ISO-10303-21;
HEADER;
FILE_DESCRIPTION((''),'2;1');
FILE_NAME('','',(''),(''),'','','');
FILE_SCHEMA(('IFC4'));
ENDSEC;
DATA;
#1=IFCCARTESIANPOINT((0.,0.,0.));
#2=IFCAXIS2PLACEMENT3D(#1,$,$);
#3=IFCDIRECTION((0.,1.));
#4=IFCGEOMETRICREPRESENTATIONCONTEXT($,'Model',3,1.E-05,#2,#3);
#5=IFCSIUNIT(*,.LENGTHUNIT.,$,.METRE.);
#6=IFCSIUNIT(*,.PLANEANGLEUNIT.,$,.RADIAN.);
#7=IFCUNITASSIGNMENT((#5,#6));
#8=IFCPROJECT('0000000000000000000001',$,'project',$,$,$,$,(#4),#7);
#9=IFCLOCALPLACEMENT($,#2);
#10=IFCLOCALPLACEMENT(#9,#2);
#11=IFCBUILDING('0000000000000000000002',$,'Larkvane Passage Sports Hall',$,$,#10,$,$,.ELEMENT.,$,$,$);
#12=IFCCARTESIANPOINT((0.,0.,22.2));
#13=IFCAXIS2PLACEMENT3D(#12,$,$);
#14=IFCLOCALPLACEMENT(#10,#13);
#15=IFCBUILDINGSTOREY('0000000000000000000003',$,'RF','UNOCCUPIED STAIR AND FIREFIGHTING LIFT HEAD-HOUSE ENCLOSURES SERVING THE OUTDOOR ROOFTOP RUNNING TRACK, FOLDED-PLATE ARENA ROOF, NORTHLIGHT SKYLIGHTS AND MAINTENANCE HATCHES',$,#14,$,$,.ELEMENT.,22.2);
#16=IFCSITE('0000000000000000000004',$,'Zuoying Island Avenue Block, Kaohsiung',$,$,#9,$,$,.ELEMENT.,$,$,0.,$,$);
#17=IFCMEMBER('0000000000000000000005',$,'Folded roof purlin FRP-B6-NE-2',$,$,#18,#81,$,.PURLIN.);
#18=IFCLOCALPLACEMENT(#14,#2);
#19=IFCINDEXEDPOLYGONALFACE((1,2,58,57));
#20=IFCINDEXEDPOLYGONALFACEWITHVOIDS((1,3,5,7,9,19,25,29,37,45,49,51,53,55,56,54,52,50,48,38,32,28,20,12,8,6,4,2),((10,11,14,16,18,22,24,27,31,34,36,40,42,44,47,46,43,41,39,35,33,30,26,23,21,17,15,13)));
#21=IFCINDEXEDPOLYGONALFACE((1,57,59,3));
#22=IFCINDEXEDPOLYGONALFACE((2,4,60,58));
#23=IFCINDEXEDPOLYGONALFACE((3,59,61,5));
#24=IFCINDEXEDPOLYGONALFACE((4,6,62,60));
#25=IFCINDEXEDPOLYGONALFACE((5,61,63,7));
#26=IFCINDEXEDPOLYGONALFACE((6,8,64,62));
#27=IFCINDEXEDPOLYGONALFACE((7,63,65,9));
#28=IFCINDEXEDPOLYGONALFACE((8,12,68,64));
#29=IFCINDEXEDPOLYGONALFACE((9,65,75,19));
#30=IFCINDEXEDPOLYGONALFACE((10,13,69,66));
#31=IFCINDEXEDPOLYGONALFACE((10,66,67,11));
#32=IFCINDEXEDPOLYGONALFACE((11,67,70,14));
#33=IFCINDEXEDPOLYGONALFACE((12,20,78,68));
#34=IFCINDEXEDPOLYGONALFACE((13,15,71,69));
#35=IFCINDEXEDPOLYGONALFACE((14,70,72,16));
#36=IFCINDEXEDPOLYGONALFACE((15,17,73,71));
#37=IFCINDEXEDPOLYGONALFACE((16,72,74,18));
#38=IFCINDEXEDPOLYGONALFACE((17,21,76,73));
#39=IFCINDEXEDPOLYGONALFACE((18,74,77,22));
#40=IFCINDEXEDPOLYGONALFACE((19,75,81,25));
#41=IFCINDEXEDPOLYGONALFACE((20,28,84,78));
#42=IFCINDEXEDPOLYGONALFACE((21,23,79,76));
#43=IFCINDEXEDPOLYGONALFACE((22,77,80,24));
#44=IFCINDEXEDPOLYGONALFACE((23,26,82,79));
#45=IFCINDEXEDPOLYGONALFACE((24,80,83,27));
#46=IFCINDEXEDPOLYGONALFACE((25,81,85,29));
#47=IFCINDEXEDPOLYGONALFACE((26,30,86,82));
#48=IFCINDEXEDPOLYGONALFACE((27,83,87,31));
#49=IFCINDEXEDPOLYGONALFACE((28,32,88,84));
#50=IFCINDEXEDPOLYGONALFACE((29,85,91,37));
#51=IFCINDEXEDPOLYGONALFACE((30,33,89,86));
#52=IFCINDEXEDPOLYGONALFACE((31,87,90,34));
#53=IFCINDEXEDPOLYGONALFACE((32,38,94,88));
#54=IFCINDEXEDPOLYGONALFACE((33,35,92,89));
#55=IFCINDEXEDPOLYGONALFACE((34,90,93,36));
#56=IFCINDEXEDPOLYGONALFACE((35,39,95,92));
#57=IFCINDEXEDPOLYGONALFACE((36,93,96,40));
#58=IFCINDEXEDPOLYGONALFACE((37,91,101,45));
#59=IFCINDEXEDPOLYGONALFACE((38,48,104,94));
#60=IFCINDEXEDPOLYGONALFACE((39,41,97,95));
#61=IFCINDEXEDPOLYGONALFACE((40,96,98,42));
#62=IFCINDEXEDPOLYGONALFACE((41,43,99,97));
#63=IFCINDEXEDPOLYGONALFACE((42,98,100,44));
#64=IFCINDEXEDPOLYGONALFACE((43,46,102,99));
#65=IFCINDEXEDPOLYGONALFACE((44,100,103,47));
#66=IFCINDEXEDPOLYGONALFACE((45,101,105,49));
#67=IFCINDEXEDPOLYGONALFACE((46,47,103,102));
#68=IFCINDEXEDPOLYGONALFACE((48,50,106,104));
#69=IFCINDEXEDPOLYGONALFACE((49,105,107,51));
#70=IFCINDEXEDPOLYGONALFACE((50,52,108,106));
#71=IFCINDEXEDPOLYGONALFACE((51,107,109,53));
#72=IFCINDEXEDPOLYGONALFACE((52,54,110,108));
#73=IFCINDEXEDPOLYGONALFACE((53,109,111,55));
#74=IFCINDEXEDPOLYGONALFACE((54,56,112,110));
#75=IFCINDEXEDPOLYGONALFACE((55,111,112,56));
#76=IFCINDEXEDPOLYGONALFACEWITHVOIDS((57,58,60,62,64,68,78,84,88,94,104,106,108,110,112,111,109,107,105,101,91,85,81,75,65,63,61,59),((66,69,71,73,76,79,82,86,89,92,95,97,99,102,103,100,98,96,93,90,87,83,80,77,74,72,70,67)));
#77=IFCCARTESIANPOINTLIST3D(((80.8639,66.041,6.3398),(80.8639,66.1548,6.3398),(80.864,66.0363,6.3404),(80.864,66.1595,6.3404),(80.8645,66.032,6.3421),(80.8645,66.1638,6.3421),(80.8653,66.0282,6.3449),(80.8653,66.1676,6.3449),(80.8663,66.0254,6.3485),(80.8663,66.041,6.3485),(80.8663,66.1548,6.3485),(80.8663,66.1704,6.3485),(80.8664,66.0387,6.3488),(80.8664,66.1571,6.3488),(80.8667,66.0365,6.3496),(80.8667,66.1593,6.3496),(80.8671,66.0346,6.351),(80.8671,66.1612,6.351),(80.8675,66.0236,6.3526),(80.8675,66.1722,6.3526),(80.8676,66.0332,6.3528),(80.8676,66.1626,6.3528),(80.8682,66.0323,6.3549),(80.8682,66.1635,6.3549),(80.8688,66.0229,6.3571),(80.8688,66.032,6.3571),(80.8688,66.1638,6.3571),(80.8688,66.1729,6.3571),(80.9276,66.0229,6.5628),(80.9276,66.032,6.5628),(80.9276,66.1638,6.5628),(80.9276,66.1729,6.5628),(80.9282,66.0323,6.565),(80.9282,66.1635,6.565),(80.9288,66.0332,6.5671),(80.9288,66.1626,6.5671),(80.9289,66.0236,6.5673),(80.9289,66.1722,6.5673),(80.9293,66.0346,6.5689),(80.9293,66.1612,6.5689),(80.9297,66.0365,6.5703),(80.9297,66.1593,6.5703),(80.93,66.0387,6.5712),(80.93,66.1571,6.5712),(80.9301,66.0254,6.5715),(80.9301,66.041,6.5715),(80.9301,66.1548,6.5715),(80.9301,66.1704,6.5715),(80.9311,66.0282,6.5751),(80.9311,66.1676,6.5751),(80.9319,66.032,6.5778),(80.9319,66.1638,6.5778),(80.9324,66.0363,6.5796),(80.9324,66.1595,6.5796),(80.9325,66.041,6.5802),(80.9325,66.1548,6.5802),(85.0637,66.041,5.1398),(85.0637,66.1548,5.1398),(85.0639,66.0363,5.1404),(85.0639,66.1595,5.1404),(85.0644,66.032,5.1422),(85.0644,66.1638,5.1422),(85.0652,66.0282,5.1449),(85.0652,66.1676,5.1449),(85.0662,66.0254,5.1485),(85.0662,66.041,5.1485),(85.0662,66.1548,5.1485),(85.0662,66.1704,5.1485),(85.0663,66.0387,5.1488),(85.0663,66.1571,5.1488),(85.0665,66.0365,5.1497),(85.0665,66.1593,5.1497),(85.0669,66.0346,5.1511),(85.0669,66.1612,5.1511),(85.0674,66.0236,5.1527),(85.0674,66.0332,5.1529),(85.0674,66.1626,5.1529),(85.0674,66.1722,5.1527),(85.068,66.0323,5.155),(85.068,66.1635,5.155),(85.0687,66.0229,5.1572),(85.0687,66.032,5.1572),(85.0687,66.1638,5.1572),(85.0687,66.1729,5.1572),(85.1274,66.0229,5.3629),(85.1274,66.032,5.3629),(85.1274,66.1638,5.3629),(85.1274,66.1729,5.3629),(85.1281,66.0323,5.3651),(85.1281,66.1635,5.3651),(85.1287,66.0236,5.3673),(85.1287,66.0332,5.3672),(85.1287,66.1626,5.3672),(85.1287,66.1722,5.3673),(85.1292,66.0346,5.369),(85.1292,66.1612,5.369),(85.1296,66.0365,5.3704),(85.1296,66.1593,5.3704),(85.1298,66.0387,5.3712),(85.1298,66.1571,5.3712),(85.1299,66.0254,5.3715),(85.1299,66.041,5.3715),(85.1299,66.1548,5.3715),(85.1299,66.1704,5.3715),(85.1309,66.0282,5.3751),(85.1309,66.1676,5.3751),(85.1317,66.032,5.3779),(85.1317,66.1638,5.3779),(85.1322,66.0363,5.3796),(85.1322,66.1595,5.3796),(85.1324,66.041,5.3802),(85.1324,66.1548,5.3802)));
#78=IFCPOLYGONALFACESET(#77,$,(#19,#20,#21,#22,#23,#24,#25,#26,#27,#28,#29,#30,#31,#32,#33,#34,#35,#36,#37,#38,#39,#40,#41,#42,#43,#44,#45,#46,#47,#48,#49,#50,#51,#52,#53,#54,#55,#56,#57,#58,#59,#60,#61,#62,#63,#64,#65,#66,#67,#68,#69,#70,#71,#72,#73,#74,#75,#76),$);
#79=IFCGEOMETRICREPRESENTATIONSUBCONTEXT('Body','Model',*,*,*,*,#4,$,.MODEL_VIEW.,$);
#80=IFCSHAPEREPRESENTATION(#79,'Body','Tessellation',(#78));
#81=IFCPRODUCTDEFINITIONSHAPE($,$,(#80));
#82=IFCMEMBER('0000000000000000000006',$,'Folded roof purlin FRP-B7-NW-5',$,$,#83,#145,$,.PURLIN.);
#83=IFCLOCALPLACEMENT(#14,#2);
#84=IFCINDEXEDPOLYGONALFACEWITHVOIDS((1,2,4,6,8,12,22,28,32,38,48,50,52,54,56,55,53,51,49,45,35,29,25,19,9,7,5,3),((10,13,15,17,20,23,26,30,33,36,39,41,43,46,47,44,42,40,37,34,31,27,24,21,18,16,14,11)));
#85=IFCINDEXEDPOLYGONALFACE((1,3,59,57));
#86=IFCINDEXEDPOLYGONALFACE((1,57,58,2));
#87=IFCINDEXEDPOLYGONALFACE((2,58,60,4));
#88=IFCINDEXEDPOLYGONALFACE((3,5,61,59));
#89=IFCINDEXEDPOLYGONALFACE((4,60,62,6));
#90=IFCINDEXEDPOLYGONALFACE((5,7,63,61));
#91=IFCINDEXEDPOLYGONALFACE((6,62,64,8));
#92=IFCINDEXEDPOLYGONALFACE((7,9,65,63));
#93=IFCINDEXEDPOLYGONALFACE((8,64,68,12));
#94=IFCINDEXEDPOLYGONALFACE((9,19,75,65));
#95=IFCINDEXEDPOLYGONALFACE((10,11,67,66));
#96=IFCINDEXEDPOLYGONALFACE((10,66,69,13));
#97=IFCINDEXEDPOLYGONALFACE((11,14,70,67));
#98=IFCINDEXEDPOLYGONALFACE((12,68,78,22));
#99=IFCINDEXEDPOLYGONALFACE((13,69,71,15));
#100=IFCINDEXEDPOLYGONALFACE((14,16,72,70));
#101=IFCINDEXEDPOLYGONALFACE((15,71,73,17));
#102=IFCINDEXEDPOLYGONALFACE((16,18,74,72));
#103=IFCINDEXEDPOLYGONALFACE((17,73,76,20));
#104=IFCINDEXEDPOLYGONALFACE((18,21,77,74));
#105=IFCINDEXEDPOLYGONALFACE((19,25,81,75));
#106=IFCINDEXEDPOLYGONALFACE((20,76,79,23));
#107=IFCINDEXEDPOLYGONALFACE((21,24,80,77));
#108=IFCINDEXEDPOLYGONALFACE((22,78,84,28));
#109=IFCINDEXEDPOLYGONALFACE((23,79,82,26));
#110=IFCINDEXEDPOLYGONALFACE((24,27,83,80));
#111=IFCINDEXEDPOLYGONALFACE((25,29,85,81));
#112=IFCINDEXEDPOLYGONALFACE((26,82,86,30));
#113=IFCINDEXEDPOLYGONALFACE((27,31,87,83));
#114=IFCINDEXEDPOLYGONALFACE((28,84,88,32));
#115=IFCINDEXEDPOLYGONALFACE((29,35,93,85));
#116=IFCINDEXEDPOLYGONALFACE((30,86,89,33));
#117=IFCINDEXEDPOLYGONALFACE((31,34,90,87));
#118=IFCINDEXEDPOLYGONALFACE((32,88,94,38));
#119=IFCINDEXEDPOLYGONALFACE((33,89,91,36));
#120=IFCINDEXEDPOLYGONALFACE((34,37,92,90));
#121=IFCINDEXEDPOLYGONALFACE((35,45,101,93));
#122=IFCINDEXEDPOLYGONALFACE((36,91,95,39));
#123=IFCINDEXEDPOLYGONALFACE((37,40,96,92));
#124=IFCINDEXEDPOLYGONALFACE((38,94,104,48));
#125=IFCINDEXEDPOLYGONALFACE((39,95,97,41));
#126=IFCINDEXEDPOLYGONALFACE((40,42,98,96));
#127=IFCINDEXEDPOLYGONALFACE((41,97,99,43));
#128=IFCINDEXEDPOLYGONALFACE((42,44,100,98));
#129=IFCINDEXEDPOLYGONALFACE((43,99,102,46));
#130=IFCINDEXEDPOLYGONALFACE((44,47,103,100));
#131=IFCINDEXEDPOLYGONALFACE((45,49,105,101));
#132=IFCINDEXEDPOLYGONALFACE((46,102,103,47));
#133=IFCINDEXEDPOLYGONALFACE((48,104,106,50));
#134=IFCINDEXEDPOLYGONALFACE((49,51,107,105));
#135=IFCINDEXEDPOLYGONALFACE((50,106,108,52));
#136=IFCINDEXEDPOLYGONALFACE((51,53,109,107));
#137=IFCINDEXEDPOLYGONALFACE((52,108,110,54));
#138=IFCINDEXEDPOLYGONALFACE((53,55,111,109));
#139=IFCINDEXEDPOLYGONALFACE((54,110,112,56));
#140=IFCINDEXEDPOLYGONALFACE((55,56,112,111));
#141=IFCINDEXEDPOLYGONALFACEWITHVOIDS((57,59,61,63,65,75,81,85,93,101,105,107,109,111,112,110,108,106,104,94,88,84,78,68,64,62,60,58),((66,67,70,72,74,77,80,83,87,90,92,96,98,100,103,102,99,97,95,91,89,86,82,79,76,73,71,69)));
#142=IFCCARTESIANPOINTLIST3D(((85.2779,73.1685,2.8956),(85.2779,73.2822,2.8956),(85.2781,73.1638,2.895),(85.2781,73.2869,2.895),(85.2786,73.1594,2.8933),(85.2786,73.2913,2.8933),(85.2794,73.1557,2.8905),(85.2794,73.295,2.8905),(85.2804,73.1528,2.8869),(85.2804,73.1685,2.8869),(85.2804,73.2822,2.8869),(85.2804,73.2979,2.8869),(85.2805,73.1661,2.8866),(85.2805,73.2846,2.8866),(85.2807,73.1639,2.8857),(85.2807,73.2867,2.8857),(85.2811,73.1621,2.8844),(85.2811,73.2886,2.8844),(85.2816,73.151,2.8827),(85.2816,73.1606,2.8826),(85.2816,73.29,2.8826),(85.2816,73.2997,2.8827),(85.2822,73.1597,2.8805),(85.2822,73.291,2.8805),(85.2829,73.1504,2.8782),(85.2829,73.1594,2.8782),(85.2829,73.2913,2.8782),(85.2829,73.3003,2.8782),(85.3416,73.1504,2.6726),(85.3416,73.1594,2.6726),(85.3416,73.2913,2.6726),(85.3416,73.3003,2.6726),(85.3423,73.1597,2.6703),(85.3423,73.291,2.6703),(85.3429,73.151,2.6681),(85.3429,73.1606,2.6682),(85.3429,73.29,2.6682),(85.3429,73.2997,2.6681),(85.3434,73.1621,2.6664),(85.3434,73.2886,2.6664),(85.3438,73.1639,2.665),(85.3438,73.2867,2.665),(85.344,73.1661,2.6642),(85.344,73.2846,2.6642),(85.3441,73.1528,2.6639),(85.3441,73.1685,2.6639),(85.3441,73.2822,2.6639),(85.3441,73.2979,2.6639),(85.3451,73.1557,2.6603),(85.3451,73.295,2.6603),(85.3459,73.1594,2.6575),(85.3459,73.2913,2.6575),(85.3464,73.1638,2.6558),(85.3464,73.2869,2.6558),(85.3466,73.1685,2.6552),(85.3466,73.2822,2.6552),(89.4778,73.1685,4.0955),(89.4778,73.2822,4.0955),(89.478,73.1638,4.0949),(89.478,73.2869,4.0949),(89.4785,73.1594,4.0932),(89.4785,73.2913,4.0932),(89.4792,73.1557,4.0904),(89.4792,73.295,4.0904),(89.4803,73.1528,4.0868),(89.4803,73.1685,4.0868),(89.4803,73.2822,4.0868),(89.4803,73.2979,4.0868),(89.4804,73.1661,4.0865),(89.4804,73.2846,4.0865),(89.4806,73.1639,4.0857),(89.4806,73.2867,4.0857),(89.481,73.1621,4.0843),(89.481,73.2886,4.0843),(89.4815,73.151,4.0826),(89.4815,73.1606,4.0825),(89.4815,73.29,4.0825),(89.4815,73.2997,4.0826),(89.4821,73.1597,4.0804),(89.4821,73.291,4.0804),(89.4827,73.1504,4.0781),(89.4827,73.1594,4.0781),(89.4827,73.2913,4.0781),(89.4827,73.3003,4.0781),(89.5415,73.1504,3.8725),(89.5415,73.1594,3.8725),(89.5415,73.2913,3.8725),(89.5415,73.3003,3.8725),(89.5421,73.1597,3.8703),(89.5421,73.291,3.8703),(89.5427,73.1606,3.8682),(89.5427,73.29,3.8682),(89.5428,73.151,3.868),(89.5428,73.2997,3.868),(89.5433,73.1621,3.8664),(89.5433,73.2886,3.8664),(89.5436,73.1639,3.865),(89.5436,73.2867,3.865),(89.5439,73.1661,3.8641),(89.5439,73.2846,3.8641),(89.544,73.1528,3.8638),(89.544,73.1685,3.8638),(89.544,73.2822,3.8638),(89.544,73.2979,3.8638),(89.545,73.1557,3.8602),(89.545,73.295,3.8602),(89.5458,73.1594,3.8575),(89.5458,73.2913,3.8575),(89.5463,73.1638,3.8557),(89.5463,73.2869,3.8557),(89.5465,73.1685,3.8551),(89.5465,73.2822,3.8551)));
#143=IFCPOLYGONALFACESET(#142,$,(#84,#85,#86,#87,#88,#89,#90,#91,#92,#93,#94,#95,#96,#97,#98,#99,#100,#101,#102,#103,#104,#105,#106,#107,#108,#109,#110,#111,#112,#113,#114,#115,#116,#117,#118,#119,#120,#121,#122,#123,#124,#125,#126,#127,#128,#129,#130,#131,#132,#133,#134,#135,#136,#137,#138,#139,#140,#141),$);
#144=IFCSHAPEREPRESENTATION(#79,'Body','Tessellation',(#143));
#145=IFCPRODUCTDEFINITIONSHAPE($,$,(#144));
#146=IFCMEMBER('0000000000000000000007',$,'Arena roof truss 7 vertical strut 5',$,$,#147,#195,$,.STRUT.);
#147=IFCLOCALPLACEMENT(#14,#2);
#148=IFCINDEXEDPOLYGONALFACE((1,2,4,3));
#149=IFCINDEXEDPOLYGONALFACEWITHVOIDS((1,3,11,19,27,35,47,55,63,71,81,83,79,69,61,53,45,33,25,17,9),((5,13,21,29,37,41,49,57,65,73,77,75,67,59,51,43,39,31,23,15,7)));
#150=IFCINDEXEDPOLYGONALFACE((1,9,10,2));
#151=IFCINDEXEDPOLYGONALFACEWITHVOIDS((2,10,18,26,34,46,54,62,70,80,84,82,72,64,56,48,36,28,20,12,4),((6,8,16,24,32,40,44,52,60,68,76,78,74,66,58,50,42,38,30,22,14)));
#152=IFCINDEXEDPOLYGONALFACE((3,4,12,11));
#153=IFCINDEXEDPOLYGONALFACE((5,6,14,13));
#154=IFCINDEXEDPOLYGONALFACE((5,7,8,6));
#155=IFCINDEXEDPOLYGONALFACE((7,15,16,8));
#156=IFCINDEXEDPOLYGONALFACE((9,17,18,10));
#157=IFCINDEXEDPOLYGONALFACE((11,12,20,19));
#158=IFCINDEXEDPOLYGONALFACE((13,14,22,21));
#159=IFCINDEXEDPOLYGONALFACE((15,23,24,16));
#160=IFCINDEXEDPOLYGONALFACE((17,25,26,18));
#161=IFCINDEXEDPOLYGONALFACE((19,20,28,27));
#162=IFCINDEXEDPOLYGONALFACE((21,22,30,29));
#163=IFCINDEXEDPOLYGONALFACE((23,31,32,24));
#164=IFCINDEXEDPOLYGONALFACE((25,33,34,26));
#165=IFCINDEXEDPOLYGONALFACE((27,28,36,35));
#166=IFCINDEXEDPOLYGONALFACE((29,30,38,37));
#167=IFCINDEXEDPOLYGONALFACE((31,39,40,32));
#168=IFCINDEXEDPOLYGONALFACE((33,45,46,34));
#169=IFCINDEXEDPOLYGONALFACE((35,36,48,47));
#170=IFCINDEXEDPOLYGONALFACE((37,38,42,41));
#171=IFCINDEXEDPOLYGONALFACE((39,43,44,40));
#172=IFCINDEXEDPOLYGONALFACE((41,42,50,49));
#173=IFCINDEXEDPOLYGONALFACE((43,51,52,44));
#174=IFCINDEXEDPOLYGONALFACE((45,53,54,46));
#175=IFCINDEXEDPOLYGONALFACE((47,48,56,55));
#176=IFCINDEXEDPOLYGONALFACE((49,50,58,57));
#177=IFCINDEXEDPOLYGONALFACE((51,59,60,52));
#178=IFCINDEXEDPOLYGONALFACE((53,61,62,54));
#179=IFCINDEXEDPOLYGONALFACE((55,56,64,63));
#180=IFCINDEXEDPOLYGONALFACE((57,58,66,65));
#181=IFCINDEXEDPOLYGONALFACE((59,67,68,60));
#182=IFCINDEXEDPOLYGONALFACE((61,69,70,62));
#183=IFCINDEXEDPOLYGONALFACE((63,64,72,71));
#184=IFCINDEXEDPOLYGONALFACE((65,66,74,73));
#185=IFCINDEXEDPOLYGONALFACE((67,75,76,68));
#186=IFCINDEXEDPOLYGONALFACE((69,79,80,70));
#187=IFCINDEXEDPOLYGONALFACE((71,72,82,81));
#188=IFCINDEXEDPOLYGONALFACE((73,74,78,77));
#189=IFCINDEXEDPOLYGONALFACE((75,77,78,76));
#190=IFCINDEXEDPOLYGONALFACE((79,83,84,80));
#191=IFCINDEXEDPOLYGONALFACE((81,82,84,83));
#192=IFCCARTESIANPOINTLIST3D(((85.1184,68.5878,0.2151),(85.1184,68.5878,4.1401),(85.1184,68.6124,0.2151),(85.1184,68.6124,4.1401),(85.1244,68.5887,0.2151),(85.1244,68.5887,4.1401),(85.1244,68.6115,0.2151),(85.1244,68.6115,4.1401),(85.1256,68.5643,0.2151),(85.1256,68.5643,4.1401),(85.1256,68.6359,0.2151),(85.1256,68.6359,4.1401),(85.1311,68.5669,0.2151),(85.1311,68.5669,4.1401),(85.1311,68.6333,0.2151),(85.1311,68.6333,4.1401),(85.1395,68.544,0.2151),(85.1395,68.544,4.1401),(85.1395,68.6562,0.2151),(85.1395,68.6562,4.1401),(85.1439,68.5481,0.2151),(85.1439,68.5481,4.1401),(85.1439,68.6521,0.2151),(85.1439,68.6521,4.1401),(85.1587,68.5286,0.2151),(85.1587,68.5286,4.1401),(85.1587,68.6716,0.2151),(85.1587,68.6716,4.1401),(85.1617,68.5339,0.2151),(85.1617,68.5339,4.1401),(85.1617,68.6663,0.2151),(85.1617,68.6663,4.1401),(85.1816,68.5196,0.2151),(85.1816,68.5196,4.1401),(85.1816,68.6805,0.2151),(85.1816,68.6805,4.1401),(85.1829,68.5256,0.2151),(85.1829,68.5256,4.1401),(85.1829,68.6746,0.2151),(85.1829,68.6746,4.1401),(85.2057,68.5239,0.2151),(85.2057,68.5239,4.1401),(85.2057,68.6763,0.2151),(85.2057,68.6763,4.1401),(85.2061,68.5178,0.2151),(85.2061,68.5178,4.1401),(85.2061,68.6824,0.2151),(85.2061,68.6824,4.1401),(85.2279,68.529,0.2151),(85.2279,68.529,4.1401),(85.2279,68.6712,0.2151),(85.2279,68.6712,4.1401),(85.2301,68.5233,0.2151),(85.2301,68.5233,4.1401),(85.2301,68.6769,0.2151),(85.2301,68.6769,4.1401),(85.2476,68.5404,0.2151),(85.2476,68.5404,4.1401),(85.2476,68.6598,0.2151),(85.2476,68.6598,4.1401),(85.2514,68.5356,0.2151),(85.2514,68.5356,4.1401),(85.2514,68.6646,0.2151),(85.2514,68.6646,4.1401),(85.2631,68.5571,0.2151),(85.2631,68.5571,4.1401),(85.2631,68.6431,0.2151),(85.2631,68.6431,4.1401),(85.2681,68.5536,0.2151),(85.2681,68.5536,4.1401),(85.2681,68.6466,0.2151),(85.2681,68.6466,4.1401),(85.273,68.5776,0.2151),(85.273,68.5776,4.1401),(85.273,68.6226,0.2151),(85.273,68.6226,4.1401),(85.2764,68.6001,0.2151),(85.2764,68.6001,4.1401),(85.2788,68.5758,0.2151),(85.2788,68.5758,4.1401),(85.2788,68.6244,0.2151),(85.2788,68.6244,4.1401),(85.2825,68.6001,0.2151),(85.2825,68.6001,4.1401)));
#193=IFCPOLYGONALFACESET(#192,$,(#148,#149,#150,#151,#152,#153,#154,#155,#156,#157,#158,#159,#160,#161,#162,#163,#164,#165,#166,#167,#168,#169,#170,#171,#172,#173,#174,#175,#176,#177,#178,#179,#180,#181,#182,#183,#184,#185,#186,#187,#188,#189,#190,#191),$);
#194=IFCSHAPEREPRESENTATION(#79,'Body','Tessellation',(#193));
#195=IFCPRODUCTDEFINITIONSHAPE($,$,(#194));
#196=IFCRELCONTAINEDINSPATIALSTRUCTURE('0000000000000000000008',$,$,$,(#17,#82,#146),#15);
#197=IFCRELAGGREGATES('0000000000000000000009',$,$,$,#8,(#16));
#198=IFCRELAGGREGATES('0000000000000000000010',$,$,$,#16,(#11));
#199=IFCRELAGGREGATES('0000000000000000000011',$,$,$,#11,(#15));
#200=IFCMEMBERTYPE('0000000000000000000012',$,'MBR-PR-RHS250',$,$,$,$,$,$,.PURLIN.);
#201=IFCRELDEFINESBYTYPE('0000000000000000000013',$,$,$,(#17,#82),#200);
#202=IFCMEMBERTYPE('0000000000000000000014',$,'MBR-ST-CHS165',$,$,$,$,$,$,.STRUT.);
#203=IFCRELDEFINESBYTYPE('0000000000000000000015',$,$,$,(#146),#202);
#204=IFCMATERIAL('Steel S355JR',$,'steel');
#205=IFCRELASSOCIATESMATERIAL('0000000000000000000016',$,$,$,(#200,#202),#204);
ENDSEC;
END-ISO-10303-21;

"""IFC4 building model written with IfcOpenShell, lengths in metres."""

from ifc_helpers import new_model, si_unit, direction, frame, origin, origin_2d, place, context, subcontext, project, spatial, hollow_rectangle, hollow_circle, extrude, material, material_profile, profile_set, type_object, element, save


model = new_model("IFC4")

# Units and contexts
model_context = context("Model", 3, precision=1e-05, world=origin(), true_north=direction((0.0, 1.0)))
body_context = subcontext(model_context, "Body", "Model", "MODEL_VIEW")
ifc_project = project(units=[si_unit("LENGTHUNIT", "METRE"), si_unit("PLANEANGLEUNIT", "RADIAN")], contexts=[model_context])

# Site, building, storey
site_placement = place(None, origin())
site = spatial("IfcSite", under=ifc_project, at=site_placement, Name="Zuoying Island Avenue Block, Kaohsiung", CompositionType="ELEMENT", RefElevation=0.0)
building_placement = place(site_placement, origin())
building = spatial("IfcBuilding", under=site, at=building_placement, Name="Larkvane Passage Sports Hall", CompositionType="ELEMENT")
storey_placement = place(building_placement, frame((0.0, 0.0, 22.2)))
storey = spatial("IfcBuildingStorey", under=building, at=storey_placement, Name="RF", Description="UNOCCUPIED STAIR AND FIREFIGHTING LIFT HEAD-HOUSE ENCLOSURES SERVING THE OUTDOOR ROOFTOP RUNNING TRACK, FOLDED-PLATE ARENA ROOF, NORTHLIGHT SKYLIGHTS AND MAINTENANCE HATCHES", CompositionType="ELEMENT", Elevation=22.2)

# Members
ifc_material_1 = material(Name="Steel S355JR", Category="steel")
ifc_material_profile_1 = material_profile(ifc_material_1, hollow_rectangle(XDim=0.1499, YDim=0.25, WallThickness=0.009, InnerFilletRadius=0.009, OuterFilletRadius=0.0181, at=origin_2d()), Name="RHS-250x150x9")
ifc_profile_set_1 = profile_set([ifc_material_profile_1], Name="Steel S355JR")
member_type_1 = type_object("IfcMemberType", Name="MBR-PR-RHS250", PredefinedType="PURLIN", material=ifc_profile_set_1)
for number, where, z_axis, x_axis, name in (
    (1, (80.8982, 66.0979, 6.46), (0.961526, 0.0, -0.274714), (0.0, 1.0, 0.0), "Folded roof purlin FRP-B6-NE-2"),
    (2, (85.3123, 73.2253, 2.7754), (0.961526, 0.0, 0.274714), (0.0, 1.0, 0.0), "Folded roof purlin FRP-B7-NW-5"),
):
    element("IfcMember", number, at=place(storey_placement, frame(where, z_axis=z_axis, x_axis=x_axis)), inside=storey, type_object=member_type_1, Name=name, PredefinedType="PURLIN", context=body_context, shape_type="SweptSolid", body=[
        extrude(hollow_rectangle(XDim=0.1499, YDim=0.25, WallThickness=0.009, InnerFilletRadius=0.009, OuterFilletRadius=0.0181, at=origin_2d()), origin(), (0.0, 0.0, 1.0), 4.3679),
    ])
ifc_material_profile_2 = material_profile(ifc_material_1, hollow_circle(Radius=0.0825, WallThickness=0.0061, at=origin_2d()), Name="CHS-165.2x6.0")
ifc_profile_set_2 = profile_set([ifc_material_profile_2], Name="Steel S355JR")
member_type_2 = type_object("IfcMemberType", Name="MBR-ST-CHS165", PredefinedType="STRUT", material=ifc_profile_set_2)
member_1_placement = place(storey_placement, frame((85.2, 68.6001, 0.2151), z_axis=(0.0, 0.0, 1.0), x_axis=(1.0, 0.0, 0.0)))
element("IfcMember", 3, at=member_1_placement, inside=storey, type_object=member_type_2, Name="Arena roof truss 7 vertical strut 5", PredefinedType="STRUT", context=body_context, shape_type="SweptSolid", body=[
    extrude(hollow_circle(Radius=0.0825, WallThickness=0.0061, at=origin_2d()), origin(), (0.0, 0.0, 1.0), 3.925),
])

save(model, "model.ifc")
